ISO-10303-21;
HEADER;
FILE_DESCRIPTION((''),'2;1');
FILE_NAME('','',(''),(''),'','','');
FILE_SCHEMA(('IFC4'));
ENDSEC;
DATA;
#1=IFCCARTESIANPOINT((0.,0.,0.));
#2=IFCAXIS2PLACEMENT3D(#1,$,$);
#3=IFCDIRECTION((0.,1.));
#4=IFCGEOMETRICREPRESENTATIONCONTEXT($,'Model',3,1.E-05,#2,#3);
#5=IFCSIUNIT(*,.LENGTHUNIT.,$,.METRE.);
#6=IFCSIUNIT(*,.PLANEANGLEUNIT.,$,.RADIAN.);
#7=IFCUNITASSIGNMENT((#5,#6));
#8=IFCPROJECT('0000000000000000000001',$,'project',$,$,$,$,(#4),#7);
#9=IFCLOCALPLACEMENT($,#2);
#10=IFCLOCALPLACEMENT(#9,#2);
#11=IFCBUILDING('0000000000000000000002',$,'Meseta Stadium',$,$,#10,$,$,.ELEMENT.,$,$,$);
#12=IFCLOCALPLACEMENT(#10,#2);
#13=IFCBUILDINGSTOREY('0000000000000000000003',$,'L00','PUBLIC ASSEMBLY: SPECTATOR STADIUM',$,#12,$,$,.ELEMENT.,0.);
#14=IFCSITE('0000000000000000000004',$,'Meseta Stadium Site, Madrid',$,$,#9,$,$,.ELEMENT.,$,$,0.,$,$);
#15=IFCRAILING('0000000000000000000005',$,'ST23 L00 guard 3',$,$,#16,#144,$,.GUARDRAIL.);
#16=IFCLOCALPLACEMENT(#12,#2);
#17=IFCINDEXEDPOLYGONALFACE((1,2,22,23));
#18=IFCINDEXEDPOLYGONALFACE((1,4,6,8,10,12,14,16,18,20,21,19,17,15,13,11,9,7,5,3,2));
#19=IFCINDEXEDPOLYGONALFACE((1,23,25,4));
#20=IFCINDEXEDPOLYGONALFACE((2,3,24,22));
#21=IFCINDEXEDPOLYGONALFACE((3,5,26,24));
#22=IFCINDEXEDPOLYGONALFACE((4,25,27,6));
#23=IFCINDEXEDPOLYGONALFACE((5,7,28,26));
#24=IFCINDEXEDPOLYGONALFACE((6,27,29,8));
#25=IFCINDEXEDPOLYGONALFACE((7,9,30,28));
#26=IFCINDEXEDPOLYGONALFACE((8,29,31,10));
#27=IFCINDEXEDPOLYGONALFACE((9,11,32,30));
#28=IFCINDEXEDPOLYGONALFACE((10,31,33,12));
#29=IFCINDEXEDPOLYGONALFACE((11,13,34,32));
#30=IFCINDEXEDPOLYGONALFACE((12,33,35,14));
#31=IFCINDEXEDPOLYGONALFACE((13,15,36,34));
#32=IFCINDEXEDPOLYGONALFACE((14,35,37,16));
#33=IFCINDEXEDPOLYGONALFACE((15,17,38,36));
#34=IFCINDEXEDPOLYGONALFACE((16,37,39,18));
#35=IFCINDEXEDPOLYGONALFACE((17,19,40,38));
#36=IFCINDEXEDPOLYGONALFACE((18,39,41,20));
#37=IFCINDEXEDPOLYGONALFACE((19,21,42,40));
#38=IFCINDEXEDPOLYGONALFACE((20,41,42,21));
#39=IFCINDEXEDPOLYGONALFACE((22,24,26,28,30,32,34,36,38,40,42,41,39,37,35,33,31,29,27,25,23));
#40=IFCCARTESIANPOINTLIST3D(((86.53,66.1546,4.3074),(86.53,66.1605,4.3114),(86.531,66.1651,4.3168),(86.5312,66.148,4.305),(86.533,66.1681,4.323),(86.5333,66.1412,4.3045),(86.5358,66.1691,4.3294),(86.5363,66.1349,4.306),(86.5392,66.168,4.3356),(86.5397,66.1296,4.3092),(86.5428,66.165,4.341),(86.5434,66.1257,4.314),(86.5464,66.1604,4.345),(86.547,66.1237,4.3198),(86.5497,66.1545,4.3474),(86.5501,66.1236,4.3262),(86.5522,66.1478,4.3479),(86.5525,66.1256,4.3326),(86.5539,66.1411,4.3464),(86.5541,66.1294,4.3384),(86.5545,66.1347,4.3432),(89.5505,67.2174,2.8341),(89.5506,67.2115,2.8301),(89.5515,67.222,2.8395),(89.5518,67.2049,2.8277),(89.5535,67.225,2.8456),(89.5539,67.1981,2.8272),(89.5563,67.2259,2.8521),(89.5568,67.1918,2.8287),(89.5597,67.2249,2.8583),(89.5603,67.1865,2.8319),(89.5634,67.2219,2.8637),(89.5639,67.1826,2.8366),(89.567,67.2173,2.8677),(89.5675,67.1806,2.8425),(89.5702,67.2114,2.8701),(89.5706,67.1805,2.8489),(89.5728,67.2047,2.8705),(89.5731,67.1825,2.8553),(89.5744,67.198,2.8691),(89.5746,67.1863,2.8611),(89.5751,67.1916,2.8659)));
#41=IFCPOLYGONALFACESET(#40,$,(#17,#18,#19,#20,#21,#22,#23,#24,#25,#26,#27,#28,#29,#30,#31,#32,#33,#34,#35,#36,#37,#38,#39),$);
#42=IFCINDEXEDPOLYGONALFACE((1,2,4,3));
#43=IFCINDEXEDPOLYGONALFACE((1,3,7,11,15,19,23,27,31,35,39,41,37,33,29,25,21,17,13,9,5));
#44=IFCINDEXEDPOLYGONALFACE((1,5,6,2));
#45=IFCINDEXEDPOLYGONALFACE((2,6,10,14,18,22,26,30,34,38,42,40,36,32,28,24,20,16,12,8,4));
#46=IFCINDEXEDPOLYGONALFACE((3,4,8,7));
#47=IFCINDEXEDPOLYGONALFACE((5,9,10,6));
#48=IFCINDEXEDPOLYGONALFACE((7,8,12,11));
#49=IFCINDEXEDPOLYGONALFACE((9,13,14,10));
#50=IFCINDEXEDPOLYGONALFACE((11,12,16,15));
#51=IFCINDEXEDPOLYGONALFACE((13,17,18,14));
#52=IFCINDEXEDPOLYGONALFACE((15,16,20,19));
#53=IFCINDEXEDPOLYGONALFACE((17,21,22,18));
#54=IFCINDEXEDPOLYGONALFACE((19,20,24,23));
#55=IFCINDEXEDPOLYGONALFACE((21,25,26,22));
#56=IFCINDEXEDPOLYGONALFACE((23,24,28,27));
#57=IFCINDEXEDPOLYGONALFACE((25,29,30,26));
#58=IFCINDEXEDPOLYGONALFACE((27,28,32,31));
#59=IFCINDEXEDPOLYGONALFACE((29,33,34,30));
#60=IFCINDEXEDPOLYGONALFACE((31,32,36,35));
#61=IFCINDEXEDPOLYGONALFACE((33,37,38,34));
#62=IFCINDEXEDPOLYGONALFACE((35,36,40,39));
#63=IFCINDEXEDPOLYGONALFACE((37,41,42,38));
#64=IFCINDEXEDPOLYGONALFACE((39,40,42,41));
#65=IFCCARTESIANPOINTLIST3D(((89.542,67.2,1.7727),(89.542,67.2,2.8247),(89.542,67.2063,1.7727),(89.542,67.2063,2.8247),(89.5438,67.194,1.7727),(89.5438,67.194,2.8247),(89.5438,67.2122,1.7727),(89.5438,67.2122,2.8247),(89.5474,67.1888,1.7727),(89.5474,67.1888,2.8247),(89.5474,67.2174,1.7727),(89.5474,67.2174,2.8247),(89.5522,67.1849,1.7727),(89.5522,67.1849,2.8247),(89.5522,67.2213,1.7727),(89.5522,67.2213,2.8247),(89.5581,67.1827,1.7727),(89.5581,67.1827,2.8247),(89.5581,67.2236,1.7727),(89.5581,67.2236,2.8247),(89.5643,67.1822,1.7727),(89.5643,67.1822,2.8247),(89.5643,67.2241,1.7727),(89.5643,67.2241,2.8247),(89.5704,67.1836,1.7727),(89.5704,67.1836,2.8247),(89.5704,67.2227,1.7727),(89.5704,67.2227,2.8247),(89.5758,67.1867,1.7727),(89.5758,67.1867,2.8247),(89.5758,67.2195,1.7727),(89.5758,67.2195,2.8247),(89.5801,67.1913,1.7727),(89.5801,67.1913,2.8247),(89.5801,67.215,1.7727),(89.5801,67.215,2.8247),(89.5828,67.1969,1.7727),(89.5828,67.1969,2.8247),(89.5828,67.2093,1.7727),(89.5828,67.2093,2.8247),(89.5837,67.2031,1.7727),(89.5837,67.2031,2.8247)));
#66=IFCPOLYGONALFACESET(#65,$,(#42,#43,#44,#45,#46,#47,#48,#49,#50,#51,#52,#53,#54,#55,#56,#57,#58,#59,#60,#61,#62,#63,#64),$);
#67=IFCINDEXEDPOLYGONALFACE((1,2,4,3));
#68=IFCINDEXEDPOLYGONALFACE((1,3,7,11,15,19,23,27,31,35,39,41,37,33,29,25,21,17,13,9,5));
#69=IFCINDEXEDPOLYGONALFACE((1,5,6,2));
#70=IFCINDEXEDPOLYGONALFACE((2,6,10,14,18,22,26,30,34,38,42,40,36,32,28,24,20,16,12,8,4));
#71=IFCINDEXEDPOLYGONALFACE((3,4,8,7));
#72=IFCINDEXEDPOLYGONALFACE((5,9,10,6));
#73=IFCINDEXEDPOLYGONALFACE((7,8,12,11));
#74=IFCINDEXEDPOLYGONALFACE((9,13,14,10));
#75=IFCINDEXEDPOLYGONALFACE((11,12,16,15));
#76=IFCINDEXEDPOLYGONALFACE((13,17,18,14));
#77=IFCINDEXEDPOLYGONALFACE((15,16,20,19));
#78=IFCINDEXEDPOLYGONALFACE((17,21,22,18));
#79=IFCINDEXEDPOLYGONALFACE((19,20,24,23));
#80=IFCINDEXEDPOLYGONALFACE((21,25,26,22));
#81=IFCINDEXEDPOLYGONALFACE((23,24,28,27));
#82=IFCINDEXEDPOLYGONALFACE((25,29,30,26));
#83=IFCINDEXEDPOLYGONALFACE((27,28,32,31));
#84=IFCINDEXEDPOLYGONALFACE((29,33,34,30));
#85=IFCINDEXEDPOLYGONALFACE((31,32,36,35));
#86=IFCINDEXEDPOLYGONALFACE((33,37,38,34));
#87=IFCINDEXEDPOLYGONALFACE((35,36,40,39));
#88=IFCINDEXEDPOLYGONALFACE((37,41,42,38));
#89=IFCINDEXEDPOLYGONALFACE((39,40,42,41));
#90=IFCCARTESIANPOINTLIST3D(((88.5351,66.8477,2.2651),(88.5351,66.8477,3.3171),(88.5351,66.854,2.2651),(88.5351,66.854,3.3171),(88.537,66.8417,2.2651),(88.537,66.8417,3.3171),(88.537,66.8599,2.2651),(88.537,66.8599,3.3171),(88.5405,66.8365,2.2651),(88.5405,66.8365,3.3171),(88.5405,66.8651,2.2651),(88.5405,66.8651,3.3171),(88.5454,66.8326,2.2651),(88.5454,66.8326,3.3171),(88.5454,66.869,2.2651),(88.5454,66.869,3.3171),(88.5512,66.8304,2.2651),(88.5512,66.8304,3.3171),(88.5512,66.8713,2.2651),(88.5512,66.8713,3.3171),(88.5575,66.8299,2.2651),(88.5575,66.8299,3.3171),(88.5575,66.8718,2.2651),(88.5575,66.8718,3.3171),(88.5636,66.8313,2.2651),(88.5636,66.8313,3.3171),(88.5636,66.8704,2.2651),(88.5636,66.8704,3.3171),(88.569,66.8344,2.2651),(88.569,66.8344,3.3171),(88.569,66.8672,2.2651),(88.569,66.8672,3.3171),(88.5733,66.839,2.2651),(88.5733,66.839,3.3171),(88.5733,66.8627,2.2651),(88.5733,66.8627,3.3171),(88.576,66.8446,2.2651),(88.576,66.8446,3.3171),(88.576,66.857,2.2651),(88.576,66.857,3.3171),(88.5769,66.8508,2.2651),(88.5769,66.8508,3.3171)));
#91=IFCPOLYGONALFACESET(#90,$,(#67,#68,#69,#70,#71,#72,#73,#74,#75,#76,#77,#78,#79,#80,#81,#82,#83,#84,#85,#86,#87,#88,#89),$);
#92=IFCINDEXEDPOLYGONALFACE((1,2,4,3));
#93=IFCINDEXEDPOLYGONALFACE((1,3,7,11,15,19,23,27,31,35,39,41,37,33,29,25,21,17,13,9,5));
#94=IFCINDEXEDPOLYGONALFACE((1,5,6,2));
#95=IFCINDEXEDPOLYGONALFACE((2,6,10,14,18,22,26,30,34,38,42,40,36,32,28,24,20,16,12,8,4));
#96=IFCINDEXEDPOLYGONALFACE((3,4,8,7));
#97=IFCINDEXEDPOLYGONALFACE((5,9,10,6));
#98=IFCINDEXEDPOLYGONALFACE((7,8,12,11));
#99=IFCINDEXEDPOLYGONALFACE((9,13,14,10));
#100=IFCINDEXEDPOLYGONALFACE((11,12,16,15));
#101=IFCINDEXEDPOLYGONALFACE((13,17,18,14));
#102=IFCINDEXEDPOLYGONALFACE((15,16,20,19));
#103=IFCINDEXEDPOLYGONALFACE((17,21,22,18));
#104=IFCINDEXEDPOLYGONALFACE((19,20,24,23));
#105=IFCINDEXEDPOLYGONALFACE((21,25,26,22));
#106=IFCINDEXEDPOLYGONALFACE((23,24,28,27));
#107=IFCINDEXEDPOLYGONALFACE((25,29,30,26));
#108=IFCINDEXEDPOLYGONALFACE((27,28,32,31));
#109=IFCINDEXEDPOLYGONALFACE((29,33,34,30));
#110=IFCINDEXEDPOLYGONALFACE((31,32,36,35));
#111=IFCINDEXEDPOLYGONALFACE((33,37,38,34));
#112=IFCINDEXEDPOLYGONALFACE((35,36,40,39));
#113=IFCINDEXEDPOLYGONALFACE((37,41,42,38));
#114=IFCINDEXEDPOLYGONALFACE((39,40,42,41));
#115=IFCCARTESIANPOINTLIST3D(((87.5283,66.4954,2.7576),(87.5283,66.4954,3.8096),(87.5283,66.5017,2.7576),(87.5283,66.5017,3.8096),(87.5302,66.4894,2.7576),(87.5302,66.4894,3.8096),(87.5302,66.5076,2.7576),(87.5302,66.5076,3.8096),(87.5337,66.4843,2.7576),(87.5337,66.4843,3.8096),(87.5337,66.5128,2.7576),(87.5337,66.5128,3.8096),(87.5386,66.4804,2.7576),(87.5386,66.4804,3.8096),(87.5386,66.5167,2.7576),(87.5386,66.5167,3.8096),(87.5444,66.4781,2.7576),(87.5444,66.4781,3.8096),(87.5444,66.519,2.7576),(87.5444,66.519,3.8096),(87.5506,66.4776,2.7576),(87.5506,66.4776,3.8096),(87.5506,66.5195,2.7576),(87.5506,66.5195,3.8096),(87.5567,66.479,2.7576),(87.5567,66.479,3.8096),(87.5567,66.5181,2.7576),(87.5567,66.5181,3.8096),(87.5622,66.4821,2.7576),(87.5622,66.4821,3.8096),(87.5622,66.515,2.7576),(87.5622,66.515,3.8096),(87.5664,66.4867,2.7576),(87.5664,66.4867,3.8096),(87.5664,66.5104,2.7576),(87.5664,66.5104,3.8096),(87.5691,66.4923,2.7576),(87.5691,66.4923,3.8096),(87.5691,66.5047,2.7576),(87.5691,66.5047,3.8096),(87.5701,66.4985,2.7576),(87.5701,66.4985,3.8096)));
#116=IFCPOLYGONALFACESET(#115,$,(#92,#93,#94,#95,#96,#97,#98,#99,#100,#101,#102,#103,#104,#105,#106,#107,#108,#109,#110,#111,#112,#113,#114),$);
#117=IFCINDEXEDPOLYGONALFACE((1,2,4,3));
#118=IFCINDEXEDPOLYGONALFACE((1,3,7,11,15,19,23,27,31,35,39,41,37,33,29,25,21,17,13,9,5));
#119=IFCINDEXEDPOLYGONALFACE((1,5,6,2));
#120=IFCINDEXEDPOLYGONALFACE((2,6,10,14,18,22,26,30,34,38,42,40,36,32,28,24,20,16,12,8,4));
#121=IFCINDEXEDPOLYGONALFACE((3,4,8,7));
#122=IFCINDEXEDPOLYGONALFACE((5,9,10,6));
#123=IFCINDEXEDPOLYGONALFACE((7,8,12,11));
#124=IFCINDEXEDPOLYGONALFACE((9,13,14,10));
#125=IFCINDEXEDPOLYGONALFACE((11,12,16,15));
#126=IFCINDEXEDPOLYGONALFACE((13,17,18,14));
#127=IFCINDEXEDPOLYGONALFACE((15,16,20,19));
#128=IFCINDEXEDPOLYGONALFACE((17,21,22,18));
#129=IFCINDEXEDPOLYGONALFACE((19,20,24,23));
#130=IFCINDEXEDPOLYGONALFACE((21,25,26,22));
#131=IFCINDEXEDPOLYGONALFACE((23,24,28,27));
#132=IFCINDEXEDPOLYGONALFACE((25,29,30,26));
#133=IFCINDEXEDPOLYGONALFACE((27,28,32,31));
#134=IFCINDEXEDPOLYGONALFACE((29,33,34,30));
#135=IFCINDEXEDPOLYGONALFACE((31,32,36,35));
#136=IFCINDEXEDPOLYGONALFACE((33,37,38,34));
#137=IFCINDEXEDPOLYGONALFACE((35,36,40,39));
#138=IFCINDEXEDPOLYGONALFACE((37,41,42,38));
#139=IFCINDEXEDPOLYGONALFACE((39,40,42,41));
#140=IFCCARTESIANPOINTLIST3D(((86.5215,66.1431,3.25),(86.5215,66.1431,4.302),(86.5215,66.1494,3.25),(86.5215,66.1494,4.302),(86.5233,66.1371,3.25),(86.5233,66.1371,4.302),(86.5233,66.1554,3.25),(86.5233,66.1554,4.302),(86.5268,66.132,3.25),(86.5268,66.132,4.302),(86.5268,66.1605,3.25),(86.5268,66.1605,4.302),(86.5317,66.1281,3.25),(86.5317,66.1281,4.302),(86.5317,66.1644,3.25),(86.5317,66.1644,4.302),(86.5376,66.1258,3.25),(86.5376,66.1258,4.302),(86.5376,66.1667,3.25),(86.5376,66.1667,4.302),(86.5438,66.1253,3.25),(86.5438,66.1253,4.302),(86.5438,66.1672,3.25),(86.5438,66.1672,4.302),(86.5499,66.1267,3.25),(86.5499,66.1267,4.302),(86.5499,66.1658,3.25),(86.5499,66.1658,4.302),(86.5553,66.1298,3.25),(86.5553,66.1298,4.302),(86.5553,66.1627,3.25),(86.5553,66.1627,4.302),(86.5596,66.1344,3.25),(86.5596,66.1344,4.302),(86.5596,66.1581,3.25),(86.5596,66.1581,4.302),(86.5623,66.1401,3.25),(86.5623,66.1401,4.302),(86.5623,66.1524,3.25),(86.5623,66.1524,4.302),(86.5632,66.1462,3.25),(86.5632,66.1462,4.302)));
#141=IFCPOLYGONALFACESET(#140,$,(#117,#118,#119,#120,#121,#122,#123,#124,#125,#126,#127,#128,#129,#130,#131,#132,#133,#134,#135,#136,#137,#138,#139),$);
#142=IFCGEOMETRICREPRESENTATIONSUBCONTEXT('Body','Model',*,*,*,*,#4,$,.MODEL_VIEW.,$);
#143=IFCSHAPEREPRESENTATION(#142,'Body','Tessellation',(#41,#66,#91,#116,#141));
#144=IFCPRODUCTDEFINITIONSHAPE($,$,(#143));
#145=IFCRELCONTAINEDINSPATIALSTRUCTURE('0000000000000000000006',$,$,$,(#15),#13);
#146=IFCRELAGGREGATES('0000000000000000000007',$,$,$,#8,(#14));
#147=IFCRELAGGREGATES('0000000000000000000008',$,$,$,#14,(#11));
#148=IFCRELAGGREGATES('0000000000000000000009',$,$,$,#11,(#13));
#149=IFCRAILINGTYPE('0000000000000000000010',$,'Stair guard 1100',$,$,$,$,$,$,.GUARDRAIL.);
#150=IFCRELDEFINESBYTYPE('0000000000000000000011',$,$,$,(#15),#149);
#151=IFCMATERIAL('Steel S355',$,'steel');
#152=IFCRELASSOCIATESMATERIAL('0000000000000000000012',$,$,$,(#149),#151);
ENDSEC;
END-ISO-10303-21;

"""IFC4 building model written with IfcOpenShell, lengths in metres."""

from ifc_helpers import new_model, si_unit, direction, frame, origin, origin_2d, place, context, subcontext, project, spatial, circle, extrude, material, type_object, element, save


model = new_model("IFC4")

# Units and contexts
model_context = context("Model", 3, precision=1e-05, world=origin(), true_north=direction((0.0, 1.0)))
body_context = subcontext(model_context, "Body", "Model", "MODEL_VIEW")
ifc_project = project(units=[si_unit("LENGTHUNIT", "METRE"), si_unit("PLANEANGLEUNIT", "RADIAN")], contexts=[model_context])

# Site, building, storey
site_placement = place(None, origin())
site = spatial("IfcSite", under=ifc_project, at=site_placement, Name="Meseta Stadium Site, Madrid", CompositionType="ELEMENT", RefElevation=0.0)
building_placement = place(site_placement, origin())
building = spatial("IfcBuilding", under=site, at=building_placement, Name="Meseta Stadium", CompositionType="ELEMENT")
storey_placement = place(building_placement, origin())
storey = spatial("IfcBuildingStorey", under=building, at=storey_placement, Name="L00", Description="PUBLIC ASSEMBLY: SPECTATOR STADIUM", CompositionType="ELEMENT", Elevation=0.0)

# Railing
ifc_material_1 = material(Name="Steel S355", Category="steel")
railing_type_1 = type_object("IfcRailingType", Name="Stair guard 1100", PredefinedType="GUARDRAIL", material=ifc_material_1)
railing_1_placement = place(storey_placement, frame((89.5627, 67.2031, 1.7727)))
element("IfcRailing", 1, at=railing_1_placement, inside=storey, type_object=railing_type_1, Name="ST23 L00 guard 3", PredefinedType="GUARDRAIL", context=body_context, shape_type="SweptSolid", body=[
    extrude(circle(Radius=0.0239, at=origin_2d()), frame((0.0, 0.0, 1.0762), z_axis=(-0.856977, -0.299859, 0.419137), x_axis=(0.330269, -0.943887, 0.0)), (0.0, 0.0, 1.0), 3.5247),
    extrude(circle(Radius=0.021, at=origin_2d()), origin(), (0.0, 0.0, 1.0), 1.052),
    extrude(circle(Radius=0.021, at=origin_2d()), frame((-1.0068, -0.3523, 0.4924)), (0.0, 0.0, 1.0), 1.052),
    extrude(circle(Radius=0.021, at=origin_2d()), frame((-2.0137, -0.7046, 0.9849)), (0.0, 0.0, 1.0), 1.052),
    extrude(circle(Radius=0.021, at=origin_2d()), frame((-3.0205, -1.0569, 1.4773)), (0.0, 0.0, 1.0), 1.052),
])

save(model, "model.ifc")
